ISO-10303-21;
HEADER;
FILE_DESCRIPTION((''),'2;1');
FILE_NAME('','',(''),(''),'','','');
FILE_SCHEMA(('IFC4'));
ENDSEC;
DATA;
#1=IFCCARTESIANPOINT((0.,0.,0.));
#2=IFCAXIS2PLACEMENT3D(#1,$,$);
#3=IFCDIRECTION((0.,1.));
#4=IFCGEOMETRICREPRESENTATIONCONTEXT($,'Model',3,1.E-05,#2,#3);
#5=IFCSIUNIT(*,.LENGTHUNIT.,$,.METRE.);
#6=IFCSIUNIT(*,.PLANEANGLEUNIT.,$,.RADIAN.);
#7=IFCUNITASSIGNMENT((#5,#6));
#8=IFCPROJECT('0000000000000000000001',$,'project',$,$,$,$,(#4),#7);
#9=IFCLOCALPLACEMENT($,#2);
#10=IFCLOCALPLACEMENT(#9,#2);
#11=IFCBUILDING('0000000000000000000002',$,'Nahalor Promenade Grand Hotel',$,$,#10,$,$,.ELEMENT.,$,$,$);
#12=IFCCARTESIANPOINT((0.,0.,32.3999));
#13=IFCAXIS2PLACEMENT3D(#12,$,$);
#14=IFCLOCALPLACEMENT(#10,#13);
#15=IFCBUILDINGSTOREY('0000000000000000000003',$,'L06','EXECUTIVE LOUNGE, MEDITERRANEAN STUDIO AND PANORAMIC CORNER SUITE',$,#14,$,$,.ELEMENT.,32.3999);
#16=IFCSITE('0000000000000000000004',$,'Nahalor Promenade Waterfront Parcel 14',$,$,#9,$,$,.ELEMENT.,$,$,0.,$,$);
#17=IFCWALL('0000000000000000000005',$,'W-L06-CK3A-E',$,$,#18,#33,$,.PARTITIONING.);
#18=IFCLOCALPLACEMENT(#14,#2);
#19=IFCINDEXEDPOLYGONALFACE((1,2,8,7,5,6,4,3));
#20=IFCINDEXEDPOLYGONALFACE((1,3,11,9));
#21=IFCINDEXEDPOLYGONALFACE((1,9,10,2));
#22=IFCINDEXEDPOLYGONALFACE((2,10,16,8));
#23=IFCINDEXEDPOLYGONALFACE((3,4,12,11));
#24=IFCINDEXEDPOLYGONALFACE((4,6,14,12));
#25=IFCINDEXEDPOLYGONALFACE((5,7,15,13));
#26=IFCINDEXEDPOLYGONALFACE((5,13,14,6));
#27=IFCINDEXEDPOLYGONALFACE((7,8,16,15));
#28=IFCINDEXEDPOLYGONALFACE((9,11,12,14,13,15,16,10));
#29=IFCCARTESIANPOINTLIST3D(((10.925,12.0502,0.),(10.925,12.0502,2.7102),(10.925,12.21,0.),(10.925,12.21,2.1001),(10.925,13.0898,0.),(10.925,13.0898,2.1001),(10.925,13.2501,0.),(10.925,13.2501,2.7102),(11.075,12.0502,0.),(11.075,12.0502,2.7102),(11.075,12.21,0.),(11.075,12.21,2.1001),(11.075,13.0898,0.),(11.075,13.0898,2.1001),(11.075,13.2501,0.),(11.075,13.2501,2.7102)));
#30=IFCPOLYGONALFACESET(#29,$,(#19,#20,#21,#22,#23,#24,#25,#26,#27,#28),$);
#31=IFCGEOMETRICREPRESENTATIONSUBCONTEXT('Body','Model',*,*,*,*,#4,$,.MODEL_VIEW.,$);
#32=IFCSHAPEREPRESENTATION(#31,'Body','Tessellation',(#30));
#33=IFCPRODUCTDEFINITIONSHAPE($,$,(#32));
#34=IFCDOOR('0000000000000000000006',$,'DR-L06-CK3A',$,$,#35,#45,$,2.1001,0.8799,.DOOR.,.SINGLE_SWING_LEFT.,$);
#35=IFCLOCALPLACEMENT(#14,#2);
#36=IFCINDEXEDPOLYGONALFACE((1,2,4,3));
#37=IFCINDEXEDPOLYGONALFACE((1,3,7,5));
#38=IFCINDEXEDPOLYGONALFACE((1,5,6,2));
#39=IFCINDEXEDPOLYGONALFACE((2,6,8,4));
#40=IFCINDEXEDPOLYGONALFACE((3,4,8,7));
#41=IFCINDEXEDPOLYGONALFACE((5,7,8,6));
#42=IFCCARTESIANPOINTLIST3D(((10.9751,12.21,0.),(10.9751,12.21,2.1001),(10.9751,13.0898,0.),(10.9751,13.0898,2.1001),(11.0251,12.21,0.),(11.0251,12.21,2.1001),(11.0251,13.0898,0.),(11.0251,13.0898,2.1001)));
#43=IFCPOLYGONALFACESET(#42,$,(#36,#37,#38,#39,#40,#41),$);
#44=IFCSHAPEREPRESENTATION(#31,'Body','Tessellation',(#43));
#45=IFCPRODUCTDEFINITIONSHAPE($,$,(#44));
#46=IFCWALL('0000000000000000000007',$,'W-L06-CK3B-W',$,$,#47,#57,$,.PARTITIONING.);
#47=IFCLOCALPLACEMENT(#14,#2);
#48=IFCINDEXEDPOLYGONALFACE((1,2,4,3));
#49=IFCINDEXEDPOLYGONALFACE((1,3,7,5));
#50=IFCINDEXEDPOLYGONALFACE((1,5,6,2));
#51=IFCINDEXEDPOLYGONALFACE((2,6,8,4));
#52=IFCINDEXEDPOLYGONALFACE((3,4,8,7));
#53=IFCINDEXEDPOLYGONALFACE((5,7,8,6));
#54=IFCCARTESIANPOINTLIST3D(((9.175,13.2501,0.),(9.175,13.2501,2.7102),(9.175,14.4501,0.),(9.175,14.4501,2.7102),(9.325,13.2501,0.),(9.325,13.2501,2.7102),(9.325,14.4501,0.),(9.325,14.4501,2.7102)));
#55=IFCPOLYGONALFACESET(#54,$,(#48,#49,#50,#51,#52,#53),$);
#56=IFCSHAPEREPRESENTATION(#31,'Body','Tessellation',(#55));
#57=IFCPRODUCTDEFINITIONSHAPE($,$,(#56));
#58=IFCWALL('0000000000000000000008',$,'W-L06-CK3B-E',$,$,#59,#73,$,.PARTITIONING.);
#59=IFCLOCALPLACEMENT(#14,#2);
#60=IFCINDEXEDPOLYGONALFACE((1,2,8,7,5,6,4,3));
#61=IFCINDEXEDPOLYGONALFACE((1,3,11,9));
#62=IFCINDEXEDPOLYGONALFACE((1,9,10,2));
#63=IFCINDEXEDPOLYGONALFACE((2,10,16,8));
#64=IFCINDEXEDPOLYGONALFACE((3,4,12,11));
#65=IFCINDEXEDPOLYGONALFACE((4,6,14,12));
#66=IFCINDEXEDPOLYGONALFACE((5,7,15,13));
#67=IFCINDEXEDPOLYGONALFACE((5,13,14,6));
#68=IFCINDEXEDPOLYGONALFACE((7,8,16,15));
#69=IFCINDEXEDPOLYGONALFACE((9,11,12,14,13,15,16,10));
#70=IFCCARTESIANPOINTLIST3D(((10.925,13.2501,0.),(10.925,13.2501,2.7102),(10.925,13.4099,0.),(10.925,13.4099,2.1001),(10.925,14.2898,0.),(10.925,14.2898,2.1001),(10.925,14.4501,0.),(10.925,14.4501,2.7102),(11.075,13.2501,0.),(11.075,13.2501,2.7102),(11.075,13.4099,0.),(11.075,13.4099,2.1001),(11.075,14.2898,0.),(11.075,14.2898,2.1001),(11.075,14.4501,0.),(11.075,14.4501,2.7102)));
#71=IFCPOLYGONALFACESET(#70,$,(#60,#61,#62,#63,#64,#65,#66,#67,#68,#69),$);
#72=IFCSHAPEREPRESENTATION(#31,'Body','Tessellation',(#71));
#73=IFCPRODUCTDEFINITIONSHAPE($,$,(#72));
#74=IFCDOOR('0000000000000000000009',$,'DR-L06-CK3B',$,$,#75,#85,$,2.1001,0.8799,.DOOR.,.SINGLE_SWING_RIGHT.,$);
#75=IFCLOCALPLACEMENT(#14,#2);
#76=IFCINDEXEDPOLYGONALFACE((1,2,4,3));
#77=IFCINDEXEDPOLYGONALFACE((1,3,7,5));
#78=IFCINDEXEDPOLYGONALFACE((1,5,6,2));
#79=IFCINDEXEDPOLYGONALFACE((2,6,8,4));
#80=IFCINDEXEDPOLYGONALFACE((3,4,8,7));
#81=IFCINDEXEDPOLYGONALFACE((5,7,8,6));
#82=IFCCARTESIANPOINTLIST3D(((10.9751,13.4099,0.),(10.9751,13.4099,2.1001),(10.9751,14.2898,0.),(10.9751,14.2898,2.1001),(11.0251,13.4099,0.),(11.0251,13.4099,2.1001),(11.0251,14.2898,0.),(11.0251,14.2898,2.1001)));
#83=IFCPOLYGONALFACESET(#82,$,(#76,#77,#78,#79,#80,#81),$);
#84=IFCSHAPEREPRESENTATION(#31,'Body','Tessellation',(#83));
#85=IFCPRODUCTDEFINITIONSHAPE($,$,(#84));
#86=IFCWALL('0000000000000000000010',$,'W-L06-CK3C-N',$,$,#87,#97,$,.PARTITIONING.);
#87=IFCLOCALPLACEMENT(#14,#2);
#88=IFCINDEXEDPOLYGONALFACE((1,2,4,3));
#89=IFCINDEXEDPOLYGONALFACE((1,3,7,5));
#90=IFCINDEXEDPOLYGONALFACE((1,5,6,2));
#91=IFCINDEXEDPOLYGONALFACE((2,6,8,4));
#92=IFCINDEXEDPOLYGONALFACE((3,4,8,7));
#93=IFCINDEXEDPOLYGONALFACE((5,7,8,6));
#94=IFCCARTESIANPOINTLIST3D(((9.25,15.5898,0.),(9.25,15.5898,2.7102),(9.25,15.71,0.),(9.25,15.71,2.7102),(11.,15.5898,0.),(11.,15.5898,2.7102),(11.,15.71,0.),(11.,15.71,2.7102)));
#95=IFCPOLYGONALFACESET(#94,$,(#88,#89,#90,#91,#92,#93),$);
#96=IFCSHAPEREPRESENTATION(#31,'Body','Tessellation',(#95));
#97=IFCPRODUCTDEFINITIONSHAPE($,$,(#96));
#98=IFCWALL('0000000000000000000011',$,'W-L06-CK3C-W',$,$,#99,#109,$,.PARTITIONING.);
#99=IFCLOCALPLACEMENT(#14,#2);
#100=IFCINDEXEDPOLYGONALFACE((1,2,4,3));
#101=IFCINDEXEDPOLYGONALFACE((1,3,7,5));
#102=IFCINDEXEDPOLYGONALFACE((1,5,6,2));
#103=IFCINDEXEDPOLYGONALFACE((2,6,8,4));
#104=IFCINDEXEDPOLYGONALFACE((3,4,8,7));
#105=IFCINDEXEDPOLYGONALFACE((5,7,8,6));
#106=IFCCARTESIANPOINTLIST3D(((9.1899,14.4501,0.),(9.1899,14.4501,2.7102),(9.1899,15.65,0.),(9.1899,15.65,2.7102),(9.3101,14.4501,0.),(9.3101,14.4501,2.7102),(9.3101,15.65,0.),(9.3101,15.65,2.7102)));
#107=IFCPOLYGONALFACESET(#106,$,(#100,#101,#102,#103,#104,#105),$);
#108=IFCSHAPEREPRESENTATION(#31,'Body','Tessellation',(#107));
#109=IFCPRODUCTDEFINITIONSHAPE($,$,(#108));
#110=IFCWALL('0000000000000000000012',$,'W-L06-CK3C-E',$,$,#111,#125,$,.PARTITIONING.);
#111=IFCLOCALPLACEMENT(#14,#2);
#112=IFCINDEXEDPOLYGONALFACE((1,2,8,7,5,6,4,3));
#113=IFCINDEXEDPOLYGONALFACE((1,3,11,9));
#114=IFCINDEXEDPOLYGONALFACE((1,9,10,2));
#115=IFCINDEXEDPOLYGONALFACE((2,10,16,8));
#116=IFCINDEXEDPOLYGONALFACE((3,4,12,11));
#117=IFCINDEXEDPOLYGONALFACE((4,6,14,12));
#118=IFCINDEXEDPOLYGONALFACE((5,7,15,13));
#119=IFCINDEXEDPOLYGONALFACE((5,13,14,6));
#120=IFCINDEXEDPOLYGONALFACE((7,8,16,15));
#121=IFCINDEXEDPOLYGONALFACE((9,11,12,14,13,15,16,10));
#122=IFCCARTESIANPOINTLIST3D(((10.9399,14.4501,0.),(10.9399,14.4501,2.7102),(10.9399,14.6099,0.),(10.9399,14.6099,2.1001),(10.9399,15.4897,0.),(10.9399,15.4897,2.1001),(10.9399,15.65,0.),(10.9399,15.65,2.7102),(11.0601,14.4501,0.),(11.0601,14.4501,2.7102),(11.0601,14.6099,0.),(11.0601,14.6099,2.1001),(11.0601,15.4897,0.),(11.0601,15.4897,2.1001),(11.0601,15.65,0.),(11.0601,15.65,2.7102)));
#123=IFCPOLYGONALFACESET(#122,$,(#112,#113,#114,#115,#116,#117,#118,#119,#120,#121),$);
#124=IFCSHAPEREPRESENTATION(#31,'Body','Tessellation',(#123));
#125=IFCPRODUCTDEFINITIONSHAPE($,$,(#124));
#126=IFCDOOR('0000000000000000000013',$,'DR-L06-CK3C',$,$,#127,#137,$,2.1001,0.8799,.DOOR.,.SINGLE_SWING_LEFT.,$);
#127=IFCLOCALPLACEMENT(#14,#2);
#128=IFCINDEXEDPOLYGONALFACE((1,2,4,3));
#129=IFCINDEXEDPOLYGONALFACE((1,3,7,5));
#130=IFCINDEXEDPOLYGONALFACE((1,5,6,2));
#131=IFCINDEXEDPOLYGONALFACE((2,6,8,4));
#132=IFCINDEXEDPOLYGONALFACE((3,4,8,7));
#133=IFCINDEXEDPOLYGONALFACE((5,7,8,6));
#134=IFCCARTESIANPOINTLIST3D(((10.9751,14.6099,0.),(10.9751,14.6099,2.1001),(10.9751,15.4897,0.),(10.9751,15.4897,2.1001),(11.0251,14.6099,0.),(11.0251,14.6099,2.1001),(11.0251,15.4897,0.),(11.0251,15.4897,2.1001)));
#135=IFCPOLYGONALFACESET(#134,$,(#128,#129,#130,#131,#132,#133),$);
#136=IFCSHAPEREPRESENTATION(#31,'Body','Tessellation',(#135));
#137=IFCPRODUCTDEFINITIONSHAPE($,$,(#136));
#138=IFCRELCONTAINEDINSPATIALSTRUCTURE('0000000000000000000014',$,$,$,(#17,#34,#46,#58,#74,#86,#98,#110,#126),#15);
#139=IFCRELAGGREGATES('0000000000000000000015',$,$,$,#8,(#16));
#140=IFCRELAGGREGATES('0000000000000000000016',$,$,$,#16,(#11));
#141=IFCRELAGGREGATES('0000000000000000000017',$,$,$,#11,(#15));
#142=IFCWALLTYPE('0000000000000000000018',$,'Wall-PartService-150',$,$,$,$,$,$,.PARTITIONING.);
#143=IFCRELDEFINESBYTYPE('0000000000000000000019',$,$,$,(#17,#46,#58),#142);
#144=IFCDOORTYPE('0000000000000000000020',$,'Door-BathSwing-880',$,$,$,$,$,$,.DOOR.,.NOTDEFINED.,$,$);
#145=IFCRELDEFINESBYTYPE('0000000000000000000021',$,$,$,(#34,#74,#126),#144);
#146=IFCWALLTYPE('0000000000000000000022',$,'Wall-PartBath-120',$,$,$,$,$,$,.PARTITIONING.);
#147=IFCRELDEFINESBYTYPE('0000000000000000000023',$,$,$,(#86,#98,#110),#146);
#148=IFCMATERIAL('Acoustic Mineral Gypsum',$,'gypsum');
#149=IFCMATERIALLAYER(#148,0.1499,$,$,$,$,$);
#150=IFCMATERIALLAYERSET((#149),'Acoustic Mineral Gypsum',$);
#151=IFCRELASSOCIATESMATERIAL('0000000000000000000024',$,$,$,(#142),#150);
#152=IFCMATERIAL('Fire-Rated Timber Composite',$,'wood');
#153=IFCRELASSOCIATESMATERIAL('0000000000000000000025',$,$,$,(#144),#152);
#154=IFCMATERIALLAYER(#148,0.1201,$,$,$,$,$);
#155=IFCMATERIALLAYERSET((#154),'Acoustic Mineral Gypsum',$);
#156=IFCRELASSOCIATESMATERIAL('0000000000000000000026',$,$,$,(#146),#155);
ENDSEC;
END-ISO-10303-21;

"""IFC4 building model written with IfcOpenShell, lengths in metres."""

from ifc_helpers import new_model, si_unit, direction, frame, frame_2d, origin, place, context, subcontext, project, spatial, rectangle, extrude, source, transform, mapped, material, layer, layer_set, type_object, element, fill, save


model = new_model("IFC4")

# Units and contexts
model_context = context("Model", 3, precision=1e-05, world=origin(), true_north=direction((0.0, 1.0)))
body_context = subcontext(model_context, "Body", "Model", "MODEL_VIEW")
ifc_project = project(units=[si_unit("LENGTHUNIT", "METRE"), si_unit("PLANEANGLEUNIT", "RADIAN")], contexts=[model_context])

# Site, building, storey
site_placement = place(None, origin())
site = spatial("IfcSite", under=ifc_project, at=site_placement, Name="Nahalor Promenade Waterfront Parcel 14", CompositionType="ELEMENT", RefElevation=0.0)
building_placement = place(site_placement, origin())
building = spatial("IfcBuilding", under=site, at=building_placement, Name="Nahalor Promenade Grand Hotel", CompositionType="ELEMENT")
storey_placement = place(building_placement, frame((0.0, 0.0, 32.3999)))
storey = spatial("IfcBuildingStorey", under=building, at=storey_placement, Name="L06", Description="EXECUTIVE LOUNGE, MEDITERRANEAN STUDIO AND PANORAMIC CORNER SUITE", CompositionType="ELEMENT", Elevation=32.3999)

# Shared definitions
ifc_material_1 = material(Name="Acoustic Mineral Gypsum", Category="gypsum")
ifc_layer_1 = layer(ifc_material_1, 0.1499)
ifc_layer_set_1 = layer_set([ifc_layer_1], Name="Acoustic Mineral Gypsum")
wall_type_1 = type_object("IfcWallType", Name="Wall-PartService-150", PredefinedType="PARTITIONING", material=ifc_layer_set_1)
shared_shape_1 = source(origin(), body_context, "Body", "SweptSolid", [
    extrude(rectangle(XDim=1.2, YDim=0.1499, at=frame_2d((0.6001, 0.0))), origin(), (0.0, 0.0, 1.0), 2.7102),
])

# Wall, opening, door
wall_1_placement = place(storey_placement, frame((11.0, 12.05, 0.0), z_axis=(0.0, 0.0, 1.0), x_axis=(0.0, 1.0, 0.0)))
wall_1 = element("IfcWall", 1, at=wall_1_placement, inside=storey, type_object=wall_type_1, Name="W-L06-CK3A-E", PredefinedType="PARTITIONING", context=body_context, shape_type="MappedRepresentation", body=[
    mapped(shared_shape_1, transform((0.0, 0.0, 0.0), scale=1.0)),
])
opening_1_placement = place(wall_1_placement, frame((0.1599, 0.0, 0.0)))
opening_1 = element("IfcOpeningElement", 2, at=opening_1_placement, cuts=wall_1, PredefinedType="OPENING", context=body_context, shape_type="SweptSolid", body=[
    extrude(rectangle(XDim=0.8799, YDim=2.1001, at=frame_2d((0.4399, 1.05))), frame((0.0, 0.085, 0.0), z_axis=(0.0, -1.0, 0.0), x_axis=(1.0, 0.0, 0.0)), (0.0, 0.0, 1.0), 0.1699),
])
ifc_material_2 = material(Name="Fire-Rated Timber Composite", Category="wood")
door_type = type_object("IfcDoorType", Name="Door-BathSwing-880", OperationType="NOTDEFINED", PredefinedType="DOOR", material=ifc_material_2)
shared_shape_2 = source(origin(), body_context, "Body", "SweptSolid", [
    extrude(rectangle(XDim=0.8799, YDim=2.1001, at=frame_2d((0.4399, 1.05))), frame((0.0, 0.0249, 0.0), z_axis=(0.0, -1.0, 0.0), x_axis=(1.0, 0.0, 0.0)), (0.0, 0.0, 1.0), 0.05),
])
door_1_placement = place(opening_1_placement, origin())
door_1 = element("IfcDoor", 3, at=door_1_placement, inside=storey, type_object=door_type, Name="DR-L06-CK3A", OperationType="SINGLE_SWING_LEFT", OverallHeight=2.1001, OverallWidth=0.8799, PredefinedType="DOOR", context=body_context, shape_type="MappedRepresentation", body=[
    mapped(shared_shape_2, transform((0.0, 0.0, 0.0), scale=1.0)),
])
fill(opening_1, door_1)

# Wall
wall_2_placement = place(storey_placement, frame((9.25, 13.25, 0.0), z_axis=(0.0, 0.0, 1.0), x_axis=(0.0, 1.0, 0.0)))
element("IfcWall", 4, at=wall_2_placement, inside=storey, type_object=wall_type_1, Name="W-L06-CK3B-W", PredefinedType="PARTITIONING", context=body_context, shape_type="MappedRepresentation", body=[
    mapped(shared_shape_1, transform((0.0, 0.0, 0.0), scale=1.0)),
])

# Wall, opening, door
wall_3_placement = place(storey_placement, frame((11.0, 13.25, 0.0), z_axis=(0.0, 0.0, 1.0), x_axis=(0.0, 1.0, 0.0)))
wall_3 = element("IfcWall", 5, at=wall_3_placement, inside=storey, type_object=wall_type_1, Name="W-L06-CK3B-E", PredefinedType="PARTITIONING", context=body_context, shape_type="MappedRepresentation", body=[
    mapped(shared_shape_1, transform((0.0, 0.0, 0.0), scale=1.0)),
])
opening_2_placement = place(wall_3_placement, frame((0.1599, 0.0, 0.0)))
opening_2 = element("IfcOpeningElement", 6, at=opening_2_placement, cuts=wall_3, PredefinedType="OPENING", context=body_context, shape_type="SweptSolid", body=[
    extrude(rectangle(XDim=0.8799, YDim=2.1001, at=frame_2d((0.4399, 1.05))), frame((0.0, 0.085, 0.0), z_axis=(0.0, -1.0, 0.0), x_axis=(1.0, 0.0, 0.0)), (0.0, 0.0, 1.0), 0.1699),
])
door_2_placement = place(opening_2_placement, origin())
door_2 = element("IfcDoor", 7, at=door_2_placement, inside=storey, type_object=door_type, Name="DR-L06-CK3B", OperationType="SINGLE_SWING_RIGHT", OverallHeight=2.1001, OverallWidth=0.8799, PredefinedType="DOOR", context=body_context, shape_type="MappedRepresentation", body=[
    mapped(shared_shape_2, transform((0.0, 0.0, 0.0), scale=1.0)),
])
fill(opening_2, door_2)

# Walls
ifc_layer_2 = layer(ifc_material_1, 0.1201)
ifc_layer_set_2 = layer_set([ifc_layer_2], Name="Acoustic Mineral Gypsum")
wall_type_2 = type_object("IfcWallType", Name="Wall-PartBath-120", PredefinedType="PARTITIONING", material=ifc_layer_set_2)
shared_shape_3 = source(origin(), body_context, "Body", "SweptSolid", [
    extrude(rectangle(XDim=1.75, YDim=0.1201, at=frame_2d((0.875, 0.0))), origin(), (0.0, 0.0, 1.0), 2.7102),
])
wall_4_placement = place(storey_placement, frame((9.25, 15.6499, 0.0), z_axis=(0.0, 0.0, 1.0), x_axis=(1.0, 0.0, 0.0)))
element("IfcWall", 8, at=wall_4_placement, inside=storey, type_object=wall_type_2, Name="W-L06-CK3C-N", PredefinedType="PARTITIONING", context=body_context, shape_type="MappedRepresentation", body=[
    mapped(shared_shape_3, transform((0.0, 0.0, 0.0), scale=1.0)),
])
shared_shape_4 = source(origin(), body_context, "Body", "SweptSolid", [
    extrude(rectangle(XDim=1.2, YDim=0.1201, at=frame_2d((0.6001, 0.0))), origin(), (0.0, 0.0, 1.0), 2.7102),
])
wall_5_placement = place(storey_placement, frame((9.25, 14.45, 0.0), z_axis=(0.0, 0.0, 1.0), x_axis=(0.0, 1.0, 0.0)))
element("IfcWall", 9, at=wall_5_placement, inside=storey, type_object=wall_type_2, Name="W-L06-CK3C-W", PredefinedType="PARTITIONING", context=body_context, shape_type="MappedRepresentation", body=[
    mapped(shared_shape_4, transform((0.0, 0.0, 0.0), scale=1.0)),
])

# Wall, opening, door
wall_6_placement = place(storey_placement, frame((11.0, 14.45, 0.0), z_axis=(0.0, 0.0, 1.0), x_axis=(0.0, 1.0, 0.0)))
wall_6 = element("IfcWall", 10, at=wall_6_placement, inside=storey, type_object=wall_type_2, Name="W-L06-CK3C-E", PredefinedType="PARTITIONING", context=body_context, shape_type="MappedRepresentation", body=[
    mapped(shared_shape_4, transform((0.0, 0.0, 0.0), scale=1.0)),
])
opening_3_placement = place(wall_6_placement, frame((0.1599, 0.0, 0.0)))
opening_3 = element("IfcOpeningElement", 11, at=opening_3_placement, cuts=wall_6, PredefinedType="OPENING", context=body_context, shape_type="SweptSolid", body=[
    extrude(rectangle(XDim=0.8799, YDim=2.1001, at=frame_2d((0.4399, 1.05))), frame((0.0, 0.0701, 0.0), z_axis=(0.0, -1.0, 0.0), x_axis=(1.0, 0.0, 0.0)), (0.0, 0.0, 1.0), 0.1401),
])
door_3_placement = place(opening_3_placement, origin())
door_3 = element("IfcDoor", 12, at=door_3_placement, inside=storey, type_object=door_type, Name="DR-L06-CK3C", OperationType="SINGLE_SWING_LEFT", OverallHeight=2.1001, OverallWidth=0.8799, PredefinedType="DOOR", context=body_context, shape_type="MappedRepresentation", body=[
    mapped(shared_shape_2, transform((0.0, 0.0, 0.0), scale=1.0)),
])
fill(opening_3, door_3)

save(model, "model.ifc")
